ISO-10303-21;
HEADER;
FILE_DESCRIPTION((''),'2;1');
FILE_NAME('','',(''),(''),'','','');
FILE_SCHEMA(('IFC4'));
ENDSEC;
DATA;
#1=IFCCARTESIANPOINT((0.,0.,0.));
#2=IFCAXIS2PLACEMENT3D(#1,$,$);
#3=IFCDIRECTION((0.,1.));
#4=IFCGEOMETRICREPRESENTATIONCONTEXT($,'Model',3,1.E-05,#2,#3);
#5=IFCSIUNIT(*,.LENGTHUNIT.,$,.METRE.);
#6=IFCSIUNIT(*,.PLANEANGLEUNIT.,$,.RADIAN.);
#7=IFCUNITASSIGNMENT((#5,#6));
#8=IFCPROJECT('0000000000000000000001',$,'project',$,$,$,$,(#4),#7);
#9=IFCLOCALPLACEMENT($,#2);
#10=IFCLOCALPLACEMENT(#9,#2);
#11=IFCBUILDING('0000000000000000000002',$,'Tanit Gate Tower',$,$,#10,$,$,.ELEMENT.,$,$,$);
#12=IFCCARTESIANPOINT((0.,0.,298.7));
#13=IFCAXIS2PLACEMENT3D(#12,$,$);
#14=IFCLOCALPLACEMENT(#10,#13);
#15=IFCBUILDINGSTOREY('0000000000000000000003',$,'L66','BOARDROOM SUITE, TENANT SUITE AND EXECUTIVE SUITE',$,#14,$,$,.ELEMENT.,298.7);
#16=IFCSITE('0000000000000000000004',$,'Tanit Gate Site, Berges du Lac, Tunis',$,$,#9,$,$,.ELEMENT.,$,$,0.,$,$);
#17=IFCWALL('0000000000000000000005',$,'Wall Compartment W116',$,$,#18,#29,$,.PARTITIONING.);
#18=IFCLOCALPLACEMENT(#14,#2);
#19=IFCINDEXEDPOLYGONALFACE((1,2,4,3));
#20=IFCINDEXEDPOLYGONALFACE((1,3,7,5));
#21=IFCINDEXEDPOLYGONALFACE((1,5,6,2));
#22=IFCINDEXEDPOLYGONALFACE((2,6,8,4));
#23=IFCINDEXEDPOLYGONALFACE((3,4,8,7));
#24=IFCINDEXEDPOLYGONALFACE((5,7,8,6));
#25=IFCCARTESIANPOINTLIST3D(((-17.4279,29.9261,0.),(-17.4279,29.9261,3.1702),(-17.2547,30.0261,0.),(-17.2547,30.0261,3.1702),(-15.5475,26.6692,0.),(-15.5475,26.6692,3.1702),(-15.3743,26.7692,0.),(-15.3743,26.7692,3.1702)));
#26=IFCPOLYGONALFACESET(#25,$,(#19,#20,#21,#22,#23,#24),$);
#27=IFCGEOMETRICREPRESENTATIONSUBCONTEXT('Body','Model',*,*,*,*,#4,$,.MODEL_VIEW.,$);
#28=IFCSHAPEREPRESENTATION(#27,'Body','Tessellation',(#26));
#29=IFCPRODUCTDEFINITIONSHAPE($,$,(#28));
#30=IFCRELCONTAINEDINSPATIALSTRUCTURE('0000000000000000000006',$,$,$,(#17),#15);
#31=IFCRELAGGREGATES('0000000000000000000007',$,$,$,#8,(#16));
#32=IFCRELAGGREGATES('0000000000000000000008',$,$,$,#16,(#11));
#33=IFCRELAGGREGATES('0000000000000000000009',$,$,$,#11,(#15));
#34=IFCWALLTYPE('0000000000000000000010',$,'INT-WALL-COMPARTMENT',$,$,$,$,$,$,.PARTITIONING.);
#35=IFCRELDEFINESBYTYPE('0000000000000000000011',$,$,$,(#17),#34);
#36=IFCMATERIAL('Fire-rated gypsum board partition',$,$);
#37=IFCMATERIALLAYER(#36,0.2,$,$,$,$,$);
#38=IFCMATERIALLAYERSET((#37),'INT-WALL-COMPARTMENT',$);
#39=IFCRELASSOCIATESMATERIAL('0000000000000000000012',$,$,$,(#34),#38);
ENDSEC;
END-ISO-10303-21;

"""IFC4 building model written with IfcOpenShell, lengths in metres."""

from ifc_helpers import new_model, si_unit, direction, frame, frame_2d, origin, place, context, subcontext, project, spatial, rectangle, extrude, material, layer, layer_set, type_object, element, save


model = new_model("IFC4")

# Units and contexts
model_context = context("Model", 3, precision=1e-05, world=origin(), true_north=direction((0.0, 1.0)))
body_context = subcontext(model_context, "Body", "Model", "MODEL_VIEW")
ifc_project = project(units=[si_unit("LENGTHUNIT", "METRE"), si_unit("PLANEANGLEUNIT", "RADIAN")], contexts=[model_context])

# Site, building, storey
site_placement = place(None, origin())
site = spatial("IfcSite", under=ifc_project, at=site_placement, Name="Tanit Gate Site, Berges du Lac, Tunis", CompositionType="ELEMENT", RefElevation=0.0)
building_placement = place(site_placement, origin())
building = spatial("IfcBuilding", under=site, at=building_placement, Name="Tanit Gate Tower", CompositionType="ELEMENT")
storey_placement = place(building_placement, frame((0.0, 0.0, 298.7)))
storey = spatial("IfcBuildingStorey", under=building, at=storey_placement, Name="L66", Description="BOARDROOM SUITE, TENANT SUITE AND EXECUTIVE SUITE", CompositionType="ELEMENT", Elevation=298.7)

# Wall
ifc_material_1 = material(Name="Fire-rated gypsum board partition")
ifc_layer_1 = layer(ifc_material_1, 0.2)
ifc_layer_set_1 = layer_set([ifc_layer_1], Name="INT-WALL-COMPARTMENT")
wall_type_1 = type_object("IfcWallType", Name="INT-WALL-COMPARTMENT", PredefinedType="PARTITIONING", material=ifc_layer_set_1)
wall_1_placement = place(storey_placement, frame((-17.3413, 29.9761, 0.0), z_axis=(0.0, 0.0, 1.0), x_axis=(0.500007, -0.866021, 0.0)))
element("IfcWall", 1, at=wall_1_placement, inside=storey, type_object=wall_type_1, Name="Wall Compartment W116", PredefinedType="PARTITIONING", context=body_context, shape_type="SweptSolid", body=[
    extrude(rectangle(XDim=3.7607, YDim=0.2, at=frame_2d((1.8804, 0.0))), origin(), (0.0, 0.0, 1.0), 3.1702),
])

save(model, "model.ifc")
